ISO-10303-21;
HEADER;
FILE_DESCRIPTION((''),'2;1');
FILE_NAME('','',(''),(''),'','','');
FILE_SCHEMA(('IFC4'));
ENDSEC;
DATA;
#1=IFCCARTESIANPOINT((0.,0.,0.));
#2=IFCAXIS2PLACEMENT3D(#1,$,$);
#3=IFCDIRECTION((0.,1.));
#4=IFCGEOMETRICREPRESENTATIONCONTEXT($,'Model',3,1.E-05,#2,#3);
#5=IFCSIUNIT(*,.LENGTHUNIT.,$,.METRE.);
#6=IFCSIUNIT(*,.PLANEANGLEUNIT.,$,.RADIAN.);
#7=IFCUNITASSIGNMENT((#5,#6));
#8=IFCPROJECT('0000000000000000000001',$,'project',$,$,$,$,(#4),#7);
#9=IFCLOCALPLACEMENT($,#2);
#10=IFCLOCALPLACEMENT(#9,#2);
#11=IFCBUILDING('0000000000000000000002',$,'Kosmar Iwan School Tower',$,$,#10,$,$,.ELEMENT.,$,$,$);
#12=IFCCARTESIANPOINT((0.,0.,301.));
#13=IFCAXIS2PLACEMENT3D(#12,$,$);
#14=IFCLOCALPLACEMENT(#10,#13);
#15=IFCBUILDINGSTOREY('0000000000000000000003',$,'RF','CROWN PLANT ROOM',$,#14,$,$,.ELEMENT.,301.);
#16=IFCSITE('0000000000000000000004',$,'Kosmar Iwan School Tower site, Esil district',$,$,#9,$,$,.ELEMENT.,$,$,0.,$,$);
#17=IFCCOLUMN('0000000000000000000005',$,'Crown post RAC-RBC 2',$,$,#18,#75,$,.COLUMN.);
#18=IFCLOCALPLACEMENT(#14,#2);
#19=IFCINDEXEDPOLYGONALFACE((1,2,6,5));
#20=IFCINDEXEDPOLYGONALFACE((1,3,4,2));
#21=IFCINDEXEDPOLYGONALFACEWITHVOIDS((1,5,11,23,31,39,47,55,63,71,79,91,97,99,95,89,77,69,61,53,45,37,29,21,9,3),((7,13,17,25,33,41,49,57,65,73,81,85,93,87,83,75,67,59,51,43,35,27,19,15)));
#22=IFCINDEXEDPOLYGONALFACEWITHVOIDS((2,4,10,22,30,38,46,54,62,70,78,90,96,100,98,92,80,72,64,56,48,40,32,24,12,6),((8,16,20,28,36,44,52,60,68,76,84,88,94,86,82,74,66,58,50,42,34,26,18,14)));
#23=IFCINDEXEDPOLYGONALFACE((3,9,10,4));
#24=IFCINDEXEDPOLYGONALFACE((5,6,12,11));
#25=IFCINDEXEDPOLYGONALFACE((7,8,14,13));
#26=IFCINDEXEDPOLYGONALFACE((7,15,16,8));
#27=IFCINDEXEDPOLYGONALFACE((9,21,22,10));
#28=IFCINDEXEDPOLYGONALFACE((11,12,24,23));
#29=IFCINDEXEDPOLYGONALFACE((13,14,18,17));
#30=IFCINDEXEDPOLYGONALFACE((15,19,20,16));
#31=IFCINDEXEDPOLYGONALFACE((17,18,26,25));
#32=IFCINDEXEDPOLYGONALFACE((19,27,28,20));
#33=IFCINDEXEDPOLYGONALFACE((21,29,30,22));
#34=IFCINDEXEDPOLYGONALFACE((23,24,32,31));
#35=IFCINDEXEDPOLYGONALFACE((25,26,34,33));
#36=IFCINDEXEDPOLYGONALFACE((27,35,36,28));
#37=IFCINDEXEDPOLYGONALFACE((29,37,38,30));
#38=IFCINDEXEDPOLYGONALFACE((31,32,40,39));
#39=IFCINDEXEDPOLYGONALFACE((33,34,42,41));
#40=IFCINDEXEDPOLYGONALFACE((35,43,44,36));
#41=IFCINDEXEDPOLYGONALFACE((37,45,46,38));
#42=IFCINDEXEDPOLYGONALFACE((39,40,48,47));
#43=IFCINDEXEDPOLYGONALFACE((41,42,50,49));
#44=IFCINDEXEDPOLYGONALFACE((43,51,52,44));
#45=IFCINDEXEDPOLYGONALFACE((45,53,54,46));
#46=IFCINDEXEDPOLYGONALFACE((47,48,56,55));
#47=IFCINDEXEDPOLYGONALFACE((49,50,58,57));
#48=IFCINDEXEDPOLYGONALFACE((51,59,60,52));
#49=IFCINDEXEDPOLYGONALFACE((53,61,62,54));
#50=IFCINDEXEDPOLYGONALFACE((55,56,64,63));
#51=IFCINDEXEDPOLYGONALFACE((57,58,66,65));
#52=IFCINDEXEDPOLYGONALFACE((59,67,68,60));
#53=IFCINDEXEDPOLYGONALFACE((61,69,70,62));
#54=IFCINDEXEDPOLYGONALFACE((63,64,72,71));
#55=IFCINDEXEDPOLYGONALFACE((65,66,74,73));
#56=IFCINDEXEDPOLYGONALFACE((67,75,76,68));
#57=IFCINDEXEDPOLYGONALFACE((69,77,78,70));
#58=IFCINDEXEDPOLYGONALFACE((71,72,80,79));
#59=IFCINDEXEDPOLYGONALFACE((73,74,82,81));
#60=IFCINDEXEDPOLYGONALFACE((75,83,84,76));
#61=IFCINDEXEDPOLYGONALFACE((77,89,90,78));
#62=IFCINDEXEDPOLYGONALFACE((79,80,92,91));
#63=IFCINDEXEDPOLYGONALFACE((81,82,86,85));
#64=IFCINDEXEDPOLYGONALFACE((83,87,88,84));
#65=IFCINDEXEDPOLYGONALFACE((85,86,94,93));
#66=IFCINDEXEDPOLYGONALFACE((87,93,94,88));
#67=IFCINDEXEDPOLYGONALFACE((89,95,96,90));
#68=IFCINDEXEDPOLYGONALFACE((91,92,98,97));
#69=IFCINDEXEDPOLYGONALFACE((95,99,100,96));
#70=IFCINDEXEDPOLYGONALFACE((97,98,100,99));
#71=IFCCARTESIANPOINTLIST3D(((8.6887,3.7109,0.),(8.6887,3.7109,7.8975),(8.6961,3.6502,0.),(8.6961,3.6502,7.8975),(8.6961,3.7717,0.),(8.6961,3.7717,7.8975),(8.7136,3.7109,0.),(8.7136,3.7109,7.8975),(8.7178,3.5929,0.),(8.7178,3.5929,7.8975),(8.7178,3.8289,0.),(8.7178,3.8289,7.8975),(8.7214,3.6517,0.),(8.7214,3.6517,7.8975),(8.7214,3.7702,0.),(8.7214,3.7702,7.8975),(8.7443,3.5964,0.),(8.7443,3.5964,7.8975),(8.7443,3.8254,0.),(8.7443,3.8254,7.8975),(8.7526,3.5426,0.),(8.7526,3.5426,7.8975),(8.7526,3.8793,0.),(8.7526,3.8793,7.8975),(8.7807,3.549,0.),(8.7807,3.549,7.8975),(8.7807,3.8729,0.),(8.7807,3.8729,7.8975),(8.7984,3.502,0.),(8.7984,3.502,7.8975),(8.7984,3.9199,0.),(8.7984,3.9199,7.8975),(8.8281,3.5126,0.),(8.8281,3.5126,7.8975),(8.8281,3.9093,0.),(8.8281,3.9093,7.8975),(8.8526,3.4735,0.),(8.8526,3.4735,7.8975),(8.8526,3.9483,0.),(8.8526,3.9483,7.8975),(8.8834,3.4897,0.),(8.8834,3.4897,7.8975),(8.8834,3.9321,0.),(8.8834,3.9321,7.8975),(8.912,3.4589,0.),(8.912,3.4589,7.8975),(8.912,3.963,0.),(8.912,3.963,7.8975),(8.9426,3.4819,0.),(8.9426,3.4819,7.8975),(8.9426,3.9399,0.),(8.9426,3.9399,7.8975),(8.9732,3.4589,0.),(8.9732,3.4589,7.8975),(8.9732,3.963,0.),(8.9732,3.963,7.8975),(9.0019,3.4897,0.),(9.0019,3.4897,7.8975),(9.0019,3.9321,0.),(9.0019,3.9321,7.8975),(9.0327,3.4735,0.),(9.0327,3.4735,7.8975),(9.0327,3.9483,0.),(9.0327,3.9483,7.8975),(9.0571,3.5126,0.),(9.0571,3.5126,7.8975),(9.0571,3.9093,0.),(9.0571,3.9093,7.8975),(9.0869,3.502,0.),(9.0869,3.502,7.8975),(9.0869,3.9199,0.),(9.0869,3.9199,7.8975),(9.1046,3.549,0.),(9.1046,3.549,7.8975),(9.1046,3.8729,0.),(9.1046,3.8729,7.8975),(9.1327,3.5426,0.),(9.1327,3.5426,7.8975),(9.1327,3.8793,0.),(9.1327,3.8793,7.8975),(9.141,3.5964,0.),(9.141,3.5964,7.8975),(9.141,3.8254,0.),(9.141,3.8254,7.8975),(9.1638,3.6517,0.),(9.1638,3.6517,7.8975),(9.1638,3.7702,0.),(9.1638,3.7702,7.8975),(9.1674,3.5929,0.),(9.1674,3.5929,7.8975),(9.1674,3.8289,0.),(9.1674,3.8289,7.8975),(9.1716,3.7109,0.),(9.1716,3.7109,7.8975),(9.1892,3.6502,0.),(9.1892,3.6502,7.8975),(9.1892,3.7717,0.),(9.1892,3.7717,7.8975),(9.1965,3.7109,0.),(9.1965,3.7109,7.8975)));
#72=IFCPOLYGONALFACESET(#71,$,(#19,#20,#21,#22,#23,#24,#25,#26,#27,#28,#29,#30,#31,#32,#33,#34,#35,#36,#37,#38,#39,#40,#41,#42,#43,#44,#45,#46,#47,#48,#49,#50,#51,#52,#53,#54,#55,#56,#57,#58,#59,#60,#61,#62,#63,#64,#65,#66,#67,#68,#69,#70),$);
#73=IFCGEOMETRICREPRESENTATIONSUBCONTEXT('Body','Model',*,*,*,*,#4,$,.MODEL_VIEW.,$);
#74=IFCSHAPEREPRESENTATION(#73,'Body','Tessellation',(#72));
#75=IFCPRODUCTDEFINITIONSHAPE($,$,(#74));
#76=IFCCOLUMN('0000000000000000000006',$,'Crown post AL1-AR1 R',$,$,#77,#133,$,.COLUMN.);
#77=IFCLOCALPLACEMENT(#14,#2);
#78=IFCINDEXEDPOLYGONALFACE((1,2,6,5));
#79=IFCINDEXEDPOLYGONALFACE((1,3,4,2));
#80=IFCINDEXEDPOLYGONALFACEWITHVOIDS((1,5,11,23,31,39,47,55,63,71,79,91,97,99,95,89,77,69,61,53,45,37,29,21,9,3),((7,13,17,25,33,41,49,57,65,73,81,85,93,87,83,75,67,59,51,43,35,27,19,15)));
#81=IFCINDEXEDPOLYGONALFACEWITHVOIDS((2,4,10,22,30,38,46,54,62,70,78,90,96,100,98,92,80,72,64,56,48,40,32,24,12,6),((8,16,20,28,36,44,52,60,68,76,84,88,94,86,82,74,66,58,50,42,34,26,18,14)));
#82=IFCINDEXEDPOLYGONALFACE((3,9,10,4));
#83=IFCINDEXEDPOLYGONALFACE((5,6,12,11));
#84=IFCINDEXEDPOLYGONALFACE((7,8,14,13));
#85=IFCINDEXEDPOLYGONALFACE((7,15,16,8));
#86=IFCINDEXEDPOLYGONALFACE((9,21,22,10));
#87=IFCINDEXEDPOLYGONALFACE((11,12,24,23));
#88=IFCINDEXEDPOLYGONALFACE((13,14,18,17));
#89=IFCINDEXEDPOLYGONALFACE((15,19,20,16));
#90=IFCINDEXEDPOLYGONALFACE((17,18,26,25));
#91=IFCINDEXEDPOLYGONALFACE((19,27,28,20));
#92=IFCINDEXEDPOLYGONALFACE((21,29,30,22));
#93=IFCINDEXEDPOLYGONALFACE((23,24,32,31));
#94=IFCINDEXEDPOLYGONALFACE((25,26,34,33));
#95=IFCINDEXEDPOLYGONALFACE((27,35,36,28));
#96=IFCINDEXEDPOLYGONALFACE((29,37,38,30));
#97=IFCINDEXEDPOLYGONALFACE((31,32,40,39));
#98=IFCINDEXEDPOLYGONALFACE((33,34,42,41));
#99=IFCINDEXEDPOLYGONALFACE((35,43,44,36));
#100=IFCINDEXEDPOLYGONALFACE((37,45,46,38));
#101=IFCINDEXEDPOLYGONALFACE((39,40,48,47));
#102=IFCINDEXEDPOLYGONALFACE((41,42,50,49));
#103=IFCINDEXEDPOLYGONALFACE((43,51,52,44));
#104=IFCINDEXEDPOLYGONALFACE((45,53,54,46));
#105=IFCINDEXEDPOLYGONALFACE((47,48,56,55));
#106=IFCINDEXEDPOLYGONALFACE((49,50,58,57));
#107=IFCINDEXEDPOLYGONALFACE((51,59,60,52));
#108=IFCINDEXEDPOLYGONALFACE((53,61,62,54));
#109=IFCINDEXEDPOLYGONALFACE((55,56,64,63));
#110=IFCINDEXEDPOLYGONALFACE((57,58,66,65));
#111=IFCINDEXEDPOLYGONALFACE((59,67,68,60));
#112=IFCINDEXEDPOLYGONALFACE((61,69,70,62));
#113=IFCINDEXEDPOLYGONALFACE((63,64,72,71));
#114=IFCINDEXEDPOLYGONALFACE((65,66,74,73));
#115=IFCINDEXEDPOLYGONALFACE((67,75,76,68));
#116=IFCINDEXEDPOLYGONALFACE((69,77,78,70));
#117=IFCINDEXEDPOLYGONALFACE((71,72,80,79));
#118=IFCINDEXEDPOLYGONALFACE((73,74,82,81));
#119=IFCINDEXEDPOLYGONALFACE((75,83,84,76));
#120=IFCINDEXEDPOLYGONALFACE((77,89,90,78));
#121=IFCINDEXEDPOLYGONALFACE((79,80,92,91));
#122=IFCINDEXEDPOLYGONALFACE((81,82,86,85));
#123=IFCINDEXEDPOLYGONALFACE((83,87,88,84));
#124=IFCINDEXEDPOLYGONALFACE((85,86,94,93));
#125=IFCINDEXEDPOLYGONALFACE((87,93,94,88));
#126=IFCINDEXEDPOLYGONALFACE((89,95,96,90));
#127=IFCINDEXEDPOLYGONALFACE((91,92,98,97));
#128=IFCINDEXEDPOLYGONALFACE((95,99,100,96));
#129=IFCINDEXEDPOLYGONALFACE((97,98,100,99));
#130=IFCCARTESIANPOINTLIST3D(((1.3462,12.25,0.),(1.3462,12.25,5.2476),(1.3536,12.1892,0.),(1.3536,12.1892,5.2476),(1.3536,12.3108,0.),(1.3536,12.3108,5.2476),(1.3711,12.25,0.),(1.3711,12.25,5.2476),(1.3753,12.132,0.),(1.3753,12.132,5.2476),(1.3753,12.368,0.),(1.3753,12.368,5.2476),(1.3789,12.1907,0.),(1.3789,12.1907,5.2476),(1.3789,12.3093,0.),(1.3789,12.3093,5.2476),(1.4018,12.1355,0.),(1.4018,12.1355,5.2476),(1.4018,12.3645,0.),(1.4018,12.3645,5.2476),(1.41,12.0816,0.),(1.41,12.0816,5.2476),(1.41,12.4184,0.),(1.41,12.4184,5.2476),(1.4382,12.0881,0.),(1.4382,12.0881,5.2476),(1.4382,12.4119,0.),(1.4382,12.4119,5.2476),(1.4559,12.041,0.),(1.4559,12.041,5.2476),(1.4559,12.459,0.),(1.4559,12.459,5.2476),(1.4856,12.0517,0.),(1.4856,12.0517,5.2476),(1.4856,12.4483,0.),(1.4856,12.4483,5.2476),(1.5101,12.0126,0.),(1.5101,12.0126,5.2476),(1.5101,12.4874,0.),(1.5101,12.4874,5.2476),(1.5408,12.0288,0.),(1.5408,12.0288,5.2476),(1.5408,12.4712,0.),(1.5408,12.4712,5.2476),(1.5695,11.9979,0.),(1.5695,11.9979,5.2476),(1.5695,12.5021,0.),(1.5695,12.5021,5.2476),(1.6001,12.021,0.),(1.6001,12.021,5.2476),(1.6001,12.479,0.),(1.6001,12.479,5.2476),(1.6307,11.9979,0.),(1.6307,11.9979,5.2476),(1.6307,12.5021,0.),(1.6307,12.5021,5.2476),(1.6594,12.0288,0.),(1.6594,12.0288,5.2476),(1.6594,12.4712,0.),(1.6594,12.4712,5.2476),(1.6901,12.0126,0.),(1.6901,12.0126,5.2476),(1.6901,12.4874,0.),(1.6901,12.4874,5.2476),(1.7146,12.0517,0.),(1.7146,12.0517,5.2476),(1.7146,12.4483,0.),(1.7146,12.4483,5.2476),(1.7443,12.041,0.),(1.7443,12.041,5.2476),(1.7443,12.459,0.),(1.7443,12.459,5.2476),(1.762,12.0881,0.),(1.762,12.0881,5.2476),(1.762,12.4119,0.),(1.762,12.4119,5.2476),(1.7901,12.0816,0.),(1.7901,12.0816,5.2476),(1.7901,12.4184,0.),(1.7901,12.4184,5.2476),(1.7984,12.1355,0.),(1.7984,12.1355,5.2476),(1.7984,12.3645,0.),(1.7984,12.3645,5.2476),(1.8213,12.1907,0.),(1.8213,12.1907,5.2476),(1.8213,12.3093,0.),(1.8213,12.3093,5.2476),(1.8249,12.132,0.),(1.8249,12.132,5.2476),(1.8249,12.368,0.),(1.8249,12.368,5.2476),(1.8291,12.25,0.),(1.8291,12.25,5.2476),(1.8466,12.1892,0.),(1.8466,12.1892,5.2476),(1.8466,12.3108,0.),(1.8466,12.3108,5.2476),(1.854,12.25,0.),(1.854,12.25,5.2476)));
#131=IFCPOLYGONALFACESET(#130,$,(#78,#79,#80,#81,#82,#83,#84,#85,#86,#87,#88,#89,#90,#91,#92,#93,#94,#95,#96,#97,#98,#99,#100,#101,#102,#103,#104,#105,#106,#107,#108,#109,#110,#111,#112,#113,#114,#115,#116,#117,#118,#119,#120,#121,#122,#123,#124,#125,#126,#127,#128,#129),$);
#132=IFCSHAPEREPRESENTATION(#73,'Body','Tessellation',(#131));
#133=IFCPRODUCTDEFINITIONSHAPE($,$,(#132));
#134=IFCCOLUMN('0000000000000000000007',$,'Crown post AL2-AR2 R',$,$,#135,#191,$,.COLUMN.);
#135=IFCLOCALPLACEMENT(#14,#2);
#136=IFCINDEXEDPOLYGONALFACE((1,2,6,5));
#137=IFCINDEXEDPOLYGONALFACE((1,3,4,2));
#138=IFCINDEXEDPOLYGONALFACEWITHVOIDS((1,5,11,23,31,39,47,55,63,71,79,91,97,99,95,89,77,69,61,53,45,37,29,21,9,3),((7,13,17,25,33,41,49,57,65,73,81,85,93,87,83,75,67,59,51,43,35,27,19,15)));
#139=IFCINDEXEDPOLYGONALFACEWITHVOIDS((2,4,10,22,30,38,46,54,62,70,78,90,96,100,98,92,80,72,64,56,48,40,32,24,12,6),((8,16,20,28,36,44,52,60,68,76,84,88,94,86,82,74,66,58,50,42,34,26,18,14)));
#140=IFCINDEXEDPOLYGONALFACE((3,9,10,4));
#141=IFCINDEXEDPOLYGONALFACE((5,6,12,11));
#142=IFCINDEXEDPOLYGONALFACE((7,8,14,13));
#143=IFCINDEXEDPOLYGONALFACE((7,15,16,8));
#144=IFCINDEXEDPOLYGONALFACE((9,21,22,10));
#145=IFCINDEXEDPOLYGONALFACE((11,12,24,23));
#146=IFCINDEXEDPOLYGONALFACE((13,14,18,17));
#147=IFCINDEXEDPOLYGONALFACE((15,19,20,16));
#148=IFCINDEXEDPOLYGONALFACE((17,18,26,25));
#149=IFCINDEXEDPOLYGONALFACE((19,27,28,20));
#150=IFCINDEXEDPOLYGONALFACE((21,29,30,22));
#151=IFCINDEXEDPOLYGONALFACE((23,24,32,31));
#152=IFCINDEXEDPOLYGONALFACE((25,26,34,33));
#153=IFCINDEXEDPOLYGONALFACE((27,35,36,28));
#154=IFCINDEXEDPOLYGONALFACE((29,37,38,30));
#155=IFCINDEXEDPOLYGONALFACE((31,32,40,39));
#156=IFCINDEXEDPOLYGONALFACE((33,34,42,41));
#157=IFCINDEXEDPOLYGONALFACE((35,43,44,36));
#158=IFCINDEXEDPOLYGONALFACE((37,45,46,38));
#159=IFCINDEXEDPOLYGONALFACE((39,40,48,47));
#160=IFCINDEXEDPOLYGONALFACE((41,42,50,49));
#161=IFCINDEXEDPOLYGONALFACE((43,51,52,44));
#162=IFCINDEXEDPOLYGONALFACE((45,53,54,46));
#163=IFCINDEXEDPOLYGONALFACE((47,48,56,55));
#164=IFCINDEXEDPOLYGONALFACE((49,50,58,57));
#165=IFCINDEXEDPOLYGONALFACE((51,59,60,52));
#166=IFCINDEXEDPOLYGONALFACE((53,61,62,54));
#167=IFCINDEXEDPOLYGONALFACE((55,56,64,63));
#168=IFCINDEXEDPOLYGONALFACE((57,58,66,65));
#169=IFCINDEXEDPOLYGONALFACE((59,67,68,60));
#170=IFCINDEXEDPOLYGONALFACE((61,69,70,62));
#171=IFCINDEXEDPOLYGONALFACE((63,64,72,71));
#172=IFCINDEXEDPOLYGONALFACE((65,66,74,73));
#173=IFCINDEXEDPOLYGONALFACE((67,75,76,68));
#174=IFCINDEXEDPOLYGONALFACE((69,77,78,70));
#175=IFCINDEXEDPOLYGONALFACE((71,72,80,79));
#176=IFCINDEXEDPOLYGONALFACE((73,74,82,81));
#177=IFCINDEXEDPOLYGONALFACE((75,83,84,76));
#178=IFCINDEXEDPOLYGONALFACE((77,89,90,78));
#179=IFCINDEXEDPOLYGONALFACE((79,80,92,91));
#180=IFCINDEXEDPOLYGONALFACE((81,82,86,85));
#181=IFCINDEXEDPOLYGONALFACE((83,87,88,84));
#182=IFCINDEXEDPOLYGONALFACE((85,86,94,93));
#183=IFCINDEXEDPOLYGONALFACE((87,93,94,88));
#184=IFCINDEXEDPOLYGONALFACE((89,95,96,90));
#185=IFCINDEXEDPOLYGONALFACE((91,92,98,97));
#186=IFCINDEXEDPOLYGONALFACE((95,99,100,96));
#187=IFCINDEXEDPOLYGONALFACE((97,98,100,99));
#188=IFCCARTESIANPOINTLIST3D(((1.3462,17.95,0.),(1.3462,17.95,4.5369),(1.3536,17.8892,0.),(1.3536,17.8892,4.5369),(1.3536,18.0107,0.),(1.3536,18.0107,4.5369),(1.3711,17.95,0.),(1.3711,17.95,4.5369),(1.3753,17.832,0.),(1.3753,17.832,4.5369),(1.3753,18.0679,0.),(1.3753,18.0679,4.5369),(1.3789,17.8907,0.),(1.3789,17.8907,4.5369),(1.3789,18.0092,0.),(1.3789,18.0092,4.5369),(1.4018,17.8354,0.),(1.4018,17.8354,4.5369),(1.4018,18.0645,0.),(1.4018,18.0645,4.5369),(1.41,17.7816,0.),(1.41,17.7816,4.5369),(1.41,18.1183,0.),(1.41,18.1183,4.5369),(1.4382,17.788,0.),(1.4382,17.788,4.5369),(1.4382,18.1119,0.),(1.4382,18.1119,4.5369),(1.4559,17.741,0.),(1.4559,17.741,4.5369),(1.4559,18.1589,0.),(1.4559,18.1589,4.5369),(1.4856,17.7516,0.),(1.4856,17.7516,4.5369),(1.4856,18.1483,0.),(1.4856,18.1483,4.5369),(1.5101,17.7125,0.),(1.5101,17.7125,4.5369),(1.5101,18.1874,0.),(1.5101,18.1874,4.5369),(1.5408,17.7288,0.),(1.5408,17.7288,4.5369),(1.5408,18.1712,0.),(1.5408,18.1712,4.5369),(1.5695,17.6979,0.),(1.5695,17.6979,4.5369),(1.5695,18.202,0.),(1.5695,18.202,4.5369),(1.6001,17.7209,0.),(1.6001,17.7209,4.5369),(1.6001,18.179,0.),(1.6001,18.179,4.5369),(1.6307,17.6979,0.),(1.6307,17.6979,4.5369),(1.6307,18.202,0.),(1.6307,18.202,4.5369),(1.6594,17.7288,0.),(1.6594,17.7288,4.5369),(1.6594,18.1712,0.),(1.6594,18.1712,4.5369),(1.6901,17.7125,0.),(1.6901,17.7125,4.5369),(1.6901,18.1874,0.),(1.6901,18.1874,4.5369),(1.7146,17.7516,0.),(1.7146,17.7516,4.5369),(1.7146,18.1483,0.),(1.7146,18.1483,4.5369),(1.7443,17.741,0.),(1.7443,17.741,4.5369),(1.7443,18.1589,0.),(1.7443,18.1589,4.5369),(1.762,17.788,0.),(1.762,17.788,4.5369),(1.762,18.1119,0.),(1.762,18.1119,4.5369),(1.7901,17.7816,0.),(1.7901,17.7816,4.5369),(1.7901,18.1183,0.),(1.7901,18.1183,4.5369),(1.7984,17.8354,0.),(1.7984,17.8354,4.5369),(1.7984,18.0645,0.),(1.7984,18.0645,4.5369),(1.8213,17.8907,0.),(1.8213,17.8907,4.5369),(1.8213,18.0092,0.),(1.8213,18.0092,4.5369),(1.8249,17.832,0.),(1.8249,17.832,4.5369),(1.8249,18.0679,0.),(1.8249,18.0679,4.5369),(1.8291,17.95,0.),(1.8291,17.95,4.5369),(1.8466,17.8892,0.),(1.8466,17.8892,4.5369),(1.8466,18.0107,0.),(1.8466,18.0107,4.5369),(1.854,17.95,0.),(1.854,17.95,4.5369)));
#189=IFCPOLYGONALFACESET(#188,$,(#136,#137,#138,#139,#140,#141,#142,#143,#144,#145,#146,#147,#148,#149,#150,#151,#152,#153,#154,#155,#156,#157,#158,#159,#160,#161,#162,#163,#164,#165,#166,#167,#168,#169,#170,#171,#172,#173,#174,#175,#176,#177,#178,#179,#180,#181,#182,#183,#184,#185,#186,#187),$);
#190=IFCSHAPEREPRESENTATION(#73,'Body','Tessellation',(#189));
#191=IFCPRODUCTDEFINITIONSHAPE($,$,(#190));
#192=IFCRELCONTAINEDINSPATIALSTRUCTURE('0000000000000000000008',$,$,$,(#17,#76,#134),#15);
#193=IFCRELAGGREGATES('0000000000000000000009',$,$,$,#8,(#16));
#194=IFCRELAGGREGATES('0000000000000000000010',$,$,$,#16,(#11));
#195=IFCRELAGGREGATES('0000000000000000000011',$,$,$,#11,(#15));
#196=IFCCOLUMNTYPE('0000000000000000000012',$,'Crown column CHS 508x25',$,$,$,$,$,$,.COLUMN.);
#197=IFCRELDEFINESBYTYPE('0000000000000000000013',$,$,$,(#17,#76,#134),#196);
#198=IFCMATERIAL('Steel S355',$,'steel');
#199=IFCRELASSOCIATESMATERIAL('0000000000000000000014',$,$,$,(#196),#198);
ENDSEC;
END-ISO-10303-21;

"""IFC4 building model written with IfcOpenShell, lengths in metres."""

from ifc_helpers import new_model, si_unit, direction, frame, origin, origin_2d, place, context, subcontext, project, spatial, hollow_circle, extrude, material, material_profile, profile_set, type_object, element, save


model = new_model("IFC4")

# Units and contexts
model_context = context("Model", 3, precision=1e-05, world=origin(), true_north=direction((0.0, 1.0)))
body_context = subcontext(model_context, "Body", "Model", "MODEL_VIEW")
ifc_project = project(units=[si_unit("LENGTHUNIT", "METRE"), si_unit("PLANEANGLEUNIT", "RADIAN")], contexts=[model_context])

# Site, building, storey
site_placement = place(None, origin())
site = spatial("IfcSite", under=ifc_project, at=site_placement, Name="Kosmar Iwan School Tower site, Esil district", CompositionType="ELEMENT", RefElevation=0.0)
building_placement = place(site_placement, origin())
building = spatial("IfcBuilding", under=site, at=building_placement, Name="Kosmar Iwan School Tower", CompositionType="ELEMENT")
storey_placement = place(building_placement, frame((0.0, 0.0, 301.0)))
storey = spatial("IfcBuildingStorey", under=building, at=storey_placement, Name="RF", Description="CROWN PLANT ROOM", CompositionType="ELEMENT", Elevation=301.0)

# Columns
ifc_material_1 = material(Name="Steel S355", Category="steel")
ifc_material_profile_1 = material_profile(ifc_material_1, hollow_circle(Radius=0.2539, WallThickness=0.0249, at=origin_2d()), Name="CHS 508x25")
ifc_profile_set_1 = profile_set([ifc_material_profile_1], Name="Steel S355")
column_type = type_object("IfcColumnType", Name="Crown column CHS 508x25", PredefinedType="COLUMN", material=ifc_profile_set_1)
column_1_placement = place(storey_placement, frame((8.9426, 3.7109, 0.0), z_axis=(0.0, 0.0, 1.0), x_axis=(1.0, 0.0, 0.0)))
element("IfcColumn", 1, at=column_1_placement, inside=storey, type_object=column_type, Name="Crown post RAC-RBC 2", PredefinedType="COLUMN", context=body_context, shape_type="SweptSolid", body=[
    extrude(hollow_circle(Radius=0.2539, WallThickness=0.0249, at=origin_2d()), origin(), (0.0, 0.0, 1.0), 7.8975),
])
column_2_placement = place(storey_placement, frame((1.6001, 12.25, 0.0), z_axis=(0.0, 0.0, 1.0), x_axis=(1.0, 0.0, 0.0)))
element("IfcColumn", 2, at=column_2_placement, inside=storey, type_object=column_type, Name="Crown post AL1-AR1 R", PredefinedType="COLUMN", context=body_context, shape_type="SweptSolid", body=[
    extrude(hollow_circle(Radius=0.2539, WallThickness=0.0249, at=origin_2d()), origin(), (0.0, 0.0, 1.0), 5.2476),
])
column_3_placement = place(storey_placement, frame((1.6001, 17.95, 0.0), z_axis=(0.0, 0.0, 1.0), x_axis=(1.0, 0.0, 0.0)))
element("IfcColumn", 3, at=column_3_placement, inside=storey, type_object=column_type, Name="Crown post AL2-AR2 R", PredefinedType="COLUMN", context=body_context, shape_type="SweptSolid", body=[
    extrude(hollow_circle(Radius=0.2539, WallThickness=0.0249, at=origin_2d()), origin(), (0.0, 0.0, 1.0), 4.5369),
])

save(model, "model.ifc")
